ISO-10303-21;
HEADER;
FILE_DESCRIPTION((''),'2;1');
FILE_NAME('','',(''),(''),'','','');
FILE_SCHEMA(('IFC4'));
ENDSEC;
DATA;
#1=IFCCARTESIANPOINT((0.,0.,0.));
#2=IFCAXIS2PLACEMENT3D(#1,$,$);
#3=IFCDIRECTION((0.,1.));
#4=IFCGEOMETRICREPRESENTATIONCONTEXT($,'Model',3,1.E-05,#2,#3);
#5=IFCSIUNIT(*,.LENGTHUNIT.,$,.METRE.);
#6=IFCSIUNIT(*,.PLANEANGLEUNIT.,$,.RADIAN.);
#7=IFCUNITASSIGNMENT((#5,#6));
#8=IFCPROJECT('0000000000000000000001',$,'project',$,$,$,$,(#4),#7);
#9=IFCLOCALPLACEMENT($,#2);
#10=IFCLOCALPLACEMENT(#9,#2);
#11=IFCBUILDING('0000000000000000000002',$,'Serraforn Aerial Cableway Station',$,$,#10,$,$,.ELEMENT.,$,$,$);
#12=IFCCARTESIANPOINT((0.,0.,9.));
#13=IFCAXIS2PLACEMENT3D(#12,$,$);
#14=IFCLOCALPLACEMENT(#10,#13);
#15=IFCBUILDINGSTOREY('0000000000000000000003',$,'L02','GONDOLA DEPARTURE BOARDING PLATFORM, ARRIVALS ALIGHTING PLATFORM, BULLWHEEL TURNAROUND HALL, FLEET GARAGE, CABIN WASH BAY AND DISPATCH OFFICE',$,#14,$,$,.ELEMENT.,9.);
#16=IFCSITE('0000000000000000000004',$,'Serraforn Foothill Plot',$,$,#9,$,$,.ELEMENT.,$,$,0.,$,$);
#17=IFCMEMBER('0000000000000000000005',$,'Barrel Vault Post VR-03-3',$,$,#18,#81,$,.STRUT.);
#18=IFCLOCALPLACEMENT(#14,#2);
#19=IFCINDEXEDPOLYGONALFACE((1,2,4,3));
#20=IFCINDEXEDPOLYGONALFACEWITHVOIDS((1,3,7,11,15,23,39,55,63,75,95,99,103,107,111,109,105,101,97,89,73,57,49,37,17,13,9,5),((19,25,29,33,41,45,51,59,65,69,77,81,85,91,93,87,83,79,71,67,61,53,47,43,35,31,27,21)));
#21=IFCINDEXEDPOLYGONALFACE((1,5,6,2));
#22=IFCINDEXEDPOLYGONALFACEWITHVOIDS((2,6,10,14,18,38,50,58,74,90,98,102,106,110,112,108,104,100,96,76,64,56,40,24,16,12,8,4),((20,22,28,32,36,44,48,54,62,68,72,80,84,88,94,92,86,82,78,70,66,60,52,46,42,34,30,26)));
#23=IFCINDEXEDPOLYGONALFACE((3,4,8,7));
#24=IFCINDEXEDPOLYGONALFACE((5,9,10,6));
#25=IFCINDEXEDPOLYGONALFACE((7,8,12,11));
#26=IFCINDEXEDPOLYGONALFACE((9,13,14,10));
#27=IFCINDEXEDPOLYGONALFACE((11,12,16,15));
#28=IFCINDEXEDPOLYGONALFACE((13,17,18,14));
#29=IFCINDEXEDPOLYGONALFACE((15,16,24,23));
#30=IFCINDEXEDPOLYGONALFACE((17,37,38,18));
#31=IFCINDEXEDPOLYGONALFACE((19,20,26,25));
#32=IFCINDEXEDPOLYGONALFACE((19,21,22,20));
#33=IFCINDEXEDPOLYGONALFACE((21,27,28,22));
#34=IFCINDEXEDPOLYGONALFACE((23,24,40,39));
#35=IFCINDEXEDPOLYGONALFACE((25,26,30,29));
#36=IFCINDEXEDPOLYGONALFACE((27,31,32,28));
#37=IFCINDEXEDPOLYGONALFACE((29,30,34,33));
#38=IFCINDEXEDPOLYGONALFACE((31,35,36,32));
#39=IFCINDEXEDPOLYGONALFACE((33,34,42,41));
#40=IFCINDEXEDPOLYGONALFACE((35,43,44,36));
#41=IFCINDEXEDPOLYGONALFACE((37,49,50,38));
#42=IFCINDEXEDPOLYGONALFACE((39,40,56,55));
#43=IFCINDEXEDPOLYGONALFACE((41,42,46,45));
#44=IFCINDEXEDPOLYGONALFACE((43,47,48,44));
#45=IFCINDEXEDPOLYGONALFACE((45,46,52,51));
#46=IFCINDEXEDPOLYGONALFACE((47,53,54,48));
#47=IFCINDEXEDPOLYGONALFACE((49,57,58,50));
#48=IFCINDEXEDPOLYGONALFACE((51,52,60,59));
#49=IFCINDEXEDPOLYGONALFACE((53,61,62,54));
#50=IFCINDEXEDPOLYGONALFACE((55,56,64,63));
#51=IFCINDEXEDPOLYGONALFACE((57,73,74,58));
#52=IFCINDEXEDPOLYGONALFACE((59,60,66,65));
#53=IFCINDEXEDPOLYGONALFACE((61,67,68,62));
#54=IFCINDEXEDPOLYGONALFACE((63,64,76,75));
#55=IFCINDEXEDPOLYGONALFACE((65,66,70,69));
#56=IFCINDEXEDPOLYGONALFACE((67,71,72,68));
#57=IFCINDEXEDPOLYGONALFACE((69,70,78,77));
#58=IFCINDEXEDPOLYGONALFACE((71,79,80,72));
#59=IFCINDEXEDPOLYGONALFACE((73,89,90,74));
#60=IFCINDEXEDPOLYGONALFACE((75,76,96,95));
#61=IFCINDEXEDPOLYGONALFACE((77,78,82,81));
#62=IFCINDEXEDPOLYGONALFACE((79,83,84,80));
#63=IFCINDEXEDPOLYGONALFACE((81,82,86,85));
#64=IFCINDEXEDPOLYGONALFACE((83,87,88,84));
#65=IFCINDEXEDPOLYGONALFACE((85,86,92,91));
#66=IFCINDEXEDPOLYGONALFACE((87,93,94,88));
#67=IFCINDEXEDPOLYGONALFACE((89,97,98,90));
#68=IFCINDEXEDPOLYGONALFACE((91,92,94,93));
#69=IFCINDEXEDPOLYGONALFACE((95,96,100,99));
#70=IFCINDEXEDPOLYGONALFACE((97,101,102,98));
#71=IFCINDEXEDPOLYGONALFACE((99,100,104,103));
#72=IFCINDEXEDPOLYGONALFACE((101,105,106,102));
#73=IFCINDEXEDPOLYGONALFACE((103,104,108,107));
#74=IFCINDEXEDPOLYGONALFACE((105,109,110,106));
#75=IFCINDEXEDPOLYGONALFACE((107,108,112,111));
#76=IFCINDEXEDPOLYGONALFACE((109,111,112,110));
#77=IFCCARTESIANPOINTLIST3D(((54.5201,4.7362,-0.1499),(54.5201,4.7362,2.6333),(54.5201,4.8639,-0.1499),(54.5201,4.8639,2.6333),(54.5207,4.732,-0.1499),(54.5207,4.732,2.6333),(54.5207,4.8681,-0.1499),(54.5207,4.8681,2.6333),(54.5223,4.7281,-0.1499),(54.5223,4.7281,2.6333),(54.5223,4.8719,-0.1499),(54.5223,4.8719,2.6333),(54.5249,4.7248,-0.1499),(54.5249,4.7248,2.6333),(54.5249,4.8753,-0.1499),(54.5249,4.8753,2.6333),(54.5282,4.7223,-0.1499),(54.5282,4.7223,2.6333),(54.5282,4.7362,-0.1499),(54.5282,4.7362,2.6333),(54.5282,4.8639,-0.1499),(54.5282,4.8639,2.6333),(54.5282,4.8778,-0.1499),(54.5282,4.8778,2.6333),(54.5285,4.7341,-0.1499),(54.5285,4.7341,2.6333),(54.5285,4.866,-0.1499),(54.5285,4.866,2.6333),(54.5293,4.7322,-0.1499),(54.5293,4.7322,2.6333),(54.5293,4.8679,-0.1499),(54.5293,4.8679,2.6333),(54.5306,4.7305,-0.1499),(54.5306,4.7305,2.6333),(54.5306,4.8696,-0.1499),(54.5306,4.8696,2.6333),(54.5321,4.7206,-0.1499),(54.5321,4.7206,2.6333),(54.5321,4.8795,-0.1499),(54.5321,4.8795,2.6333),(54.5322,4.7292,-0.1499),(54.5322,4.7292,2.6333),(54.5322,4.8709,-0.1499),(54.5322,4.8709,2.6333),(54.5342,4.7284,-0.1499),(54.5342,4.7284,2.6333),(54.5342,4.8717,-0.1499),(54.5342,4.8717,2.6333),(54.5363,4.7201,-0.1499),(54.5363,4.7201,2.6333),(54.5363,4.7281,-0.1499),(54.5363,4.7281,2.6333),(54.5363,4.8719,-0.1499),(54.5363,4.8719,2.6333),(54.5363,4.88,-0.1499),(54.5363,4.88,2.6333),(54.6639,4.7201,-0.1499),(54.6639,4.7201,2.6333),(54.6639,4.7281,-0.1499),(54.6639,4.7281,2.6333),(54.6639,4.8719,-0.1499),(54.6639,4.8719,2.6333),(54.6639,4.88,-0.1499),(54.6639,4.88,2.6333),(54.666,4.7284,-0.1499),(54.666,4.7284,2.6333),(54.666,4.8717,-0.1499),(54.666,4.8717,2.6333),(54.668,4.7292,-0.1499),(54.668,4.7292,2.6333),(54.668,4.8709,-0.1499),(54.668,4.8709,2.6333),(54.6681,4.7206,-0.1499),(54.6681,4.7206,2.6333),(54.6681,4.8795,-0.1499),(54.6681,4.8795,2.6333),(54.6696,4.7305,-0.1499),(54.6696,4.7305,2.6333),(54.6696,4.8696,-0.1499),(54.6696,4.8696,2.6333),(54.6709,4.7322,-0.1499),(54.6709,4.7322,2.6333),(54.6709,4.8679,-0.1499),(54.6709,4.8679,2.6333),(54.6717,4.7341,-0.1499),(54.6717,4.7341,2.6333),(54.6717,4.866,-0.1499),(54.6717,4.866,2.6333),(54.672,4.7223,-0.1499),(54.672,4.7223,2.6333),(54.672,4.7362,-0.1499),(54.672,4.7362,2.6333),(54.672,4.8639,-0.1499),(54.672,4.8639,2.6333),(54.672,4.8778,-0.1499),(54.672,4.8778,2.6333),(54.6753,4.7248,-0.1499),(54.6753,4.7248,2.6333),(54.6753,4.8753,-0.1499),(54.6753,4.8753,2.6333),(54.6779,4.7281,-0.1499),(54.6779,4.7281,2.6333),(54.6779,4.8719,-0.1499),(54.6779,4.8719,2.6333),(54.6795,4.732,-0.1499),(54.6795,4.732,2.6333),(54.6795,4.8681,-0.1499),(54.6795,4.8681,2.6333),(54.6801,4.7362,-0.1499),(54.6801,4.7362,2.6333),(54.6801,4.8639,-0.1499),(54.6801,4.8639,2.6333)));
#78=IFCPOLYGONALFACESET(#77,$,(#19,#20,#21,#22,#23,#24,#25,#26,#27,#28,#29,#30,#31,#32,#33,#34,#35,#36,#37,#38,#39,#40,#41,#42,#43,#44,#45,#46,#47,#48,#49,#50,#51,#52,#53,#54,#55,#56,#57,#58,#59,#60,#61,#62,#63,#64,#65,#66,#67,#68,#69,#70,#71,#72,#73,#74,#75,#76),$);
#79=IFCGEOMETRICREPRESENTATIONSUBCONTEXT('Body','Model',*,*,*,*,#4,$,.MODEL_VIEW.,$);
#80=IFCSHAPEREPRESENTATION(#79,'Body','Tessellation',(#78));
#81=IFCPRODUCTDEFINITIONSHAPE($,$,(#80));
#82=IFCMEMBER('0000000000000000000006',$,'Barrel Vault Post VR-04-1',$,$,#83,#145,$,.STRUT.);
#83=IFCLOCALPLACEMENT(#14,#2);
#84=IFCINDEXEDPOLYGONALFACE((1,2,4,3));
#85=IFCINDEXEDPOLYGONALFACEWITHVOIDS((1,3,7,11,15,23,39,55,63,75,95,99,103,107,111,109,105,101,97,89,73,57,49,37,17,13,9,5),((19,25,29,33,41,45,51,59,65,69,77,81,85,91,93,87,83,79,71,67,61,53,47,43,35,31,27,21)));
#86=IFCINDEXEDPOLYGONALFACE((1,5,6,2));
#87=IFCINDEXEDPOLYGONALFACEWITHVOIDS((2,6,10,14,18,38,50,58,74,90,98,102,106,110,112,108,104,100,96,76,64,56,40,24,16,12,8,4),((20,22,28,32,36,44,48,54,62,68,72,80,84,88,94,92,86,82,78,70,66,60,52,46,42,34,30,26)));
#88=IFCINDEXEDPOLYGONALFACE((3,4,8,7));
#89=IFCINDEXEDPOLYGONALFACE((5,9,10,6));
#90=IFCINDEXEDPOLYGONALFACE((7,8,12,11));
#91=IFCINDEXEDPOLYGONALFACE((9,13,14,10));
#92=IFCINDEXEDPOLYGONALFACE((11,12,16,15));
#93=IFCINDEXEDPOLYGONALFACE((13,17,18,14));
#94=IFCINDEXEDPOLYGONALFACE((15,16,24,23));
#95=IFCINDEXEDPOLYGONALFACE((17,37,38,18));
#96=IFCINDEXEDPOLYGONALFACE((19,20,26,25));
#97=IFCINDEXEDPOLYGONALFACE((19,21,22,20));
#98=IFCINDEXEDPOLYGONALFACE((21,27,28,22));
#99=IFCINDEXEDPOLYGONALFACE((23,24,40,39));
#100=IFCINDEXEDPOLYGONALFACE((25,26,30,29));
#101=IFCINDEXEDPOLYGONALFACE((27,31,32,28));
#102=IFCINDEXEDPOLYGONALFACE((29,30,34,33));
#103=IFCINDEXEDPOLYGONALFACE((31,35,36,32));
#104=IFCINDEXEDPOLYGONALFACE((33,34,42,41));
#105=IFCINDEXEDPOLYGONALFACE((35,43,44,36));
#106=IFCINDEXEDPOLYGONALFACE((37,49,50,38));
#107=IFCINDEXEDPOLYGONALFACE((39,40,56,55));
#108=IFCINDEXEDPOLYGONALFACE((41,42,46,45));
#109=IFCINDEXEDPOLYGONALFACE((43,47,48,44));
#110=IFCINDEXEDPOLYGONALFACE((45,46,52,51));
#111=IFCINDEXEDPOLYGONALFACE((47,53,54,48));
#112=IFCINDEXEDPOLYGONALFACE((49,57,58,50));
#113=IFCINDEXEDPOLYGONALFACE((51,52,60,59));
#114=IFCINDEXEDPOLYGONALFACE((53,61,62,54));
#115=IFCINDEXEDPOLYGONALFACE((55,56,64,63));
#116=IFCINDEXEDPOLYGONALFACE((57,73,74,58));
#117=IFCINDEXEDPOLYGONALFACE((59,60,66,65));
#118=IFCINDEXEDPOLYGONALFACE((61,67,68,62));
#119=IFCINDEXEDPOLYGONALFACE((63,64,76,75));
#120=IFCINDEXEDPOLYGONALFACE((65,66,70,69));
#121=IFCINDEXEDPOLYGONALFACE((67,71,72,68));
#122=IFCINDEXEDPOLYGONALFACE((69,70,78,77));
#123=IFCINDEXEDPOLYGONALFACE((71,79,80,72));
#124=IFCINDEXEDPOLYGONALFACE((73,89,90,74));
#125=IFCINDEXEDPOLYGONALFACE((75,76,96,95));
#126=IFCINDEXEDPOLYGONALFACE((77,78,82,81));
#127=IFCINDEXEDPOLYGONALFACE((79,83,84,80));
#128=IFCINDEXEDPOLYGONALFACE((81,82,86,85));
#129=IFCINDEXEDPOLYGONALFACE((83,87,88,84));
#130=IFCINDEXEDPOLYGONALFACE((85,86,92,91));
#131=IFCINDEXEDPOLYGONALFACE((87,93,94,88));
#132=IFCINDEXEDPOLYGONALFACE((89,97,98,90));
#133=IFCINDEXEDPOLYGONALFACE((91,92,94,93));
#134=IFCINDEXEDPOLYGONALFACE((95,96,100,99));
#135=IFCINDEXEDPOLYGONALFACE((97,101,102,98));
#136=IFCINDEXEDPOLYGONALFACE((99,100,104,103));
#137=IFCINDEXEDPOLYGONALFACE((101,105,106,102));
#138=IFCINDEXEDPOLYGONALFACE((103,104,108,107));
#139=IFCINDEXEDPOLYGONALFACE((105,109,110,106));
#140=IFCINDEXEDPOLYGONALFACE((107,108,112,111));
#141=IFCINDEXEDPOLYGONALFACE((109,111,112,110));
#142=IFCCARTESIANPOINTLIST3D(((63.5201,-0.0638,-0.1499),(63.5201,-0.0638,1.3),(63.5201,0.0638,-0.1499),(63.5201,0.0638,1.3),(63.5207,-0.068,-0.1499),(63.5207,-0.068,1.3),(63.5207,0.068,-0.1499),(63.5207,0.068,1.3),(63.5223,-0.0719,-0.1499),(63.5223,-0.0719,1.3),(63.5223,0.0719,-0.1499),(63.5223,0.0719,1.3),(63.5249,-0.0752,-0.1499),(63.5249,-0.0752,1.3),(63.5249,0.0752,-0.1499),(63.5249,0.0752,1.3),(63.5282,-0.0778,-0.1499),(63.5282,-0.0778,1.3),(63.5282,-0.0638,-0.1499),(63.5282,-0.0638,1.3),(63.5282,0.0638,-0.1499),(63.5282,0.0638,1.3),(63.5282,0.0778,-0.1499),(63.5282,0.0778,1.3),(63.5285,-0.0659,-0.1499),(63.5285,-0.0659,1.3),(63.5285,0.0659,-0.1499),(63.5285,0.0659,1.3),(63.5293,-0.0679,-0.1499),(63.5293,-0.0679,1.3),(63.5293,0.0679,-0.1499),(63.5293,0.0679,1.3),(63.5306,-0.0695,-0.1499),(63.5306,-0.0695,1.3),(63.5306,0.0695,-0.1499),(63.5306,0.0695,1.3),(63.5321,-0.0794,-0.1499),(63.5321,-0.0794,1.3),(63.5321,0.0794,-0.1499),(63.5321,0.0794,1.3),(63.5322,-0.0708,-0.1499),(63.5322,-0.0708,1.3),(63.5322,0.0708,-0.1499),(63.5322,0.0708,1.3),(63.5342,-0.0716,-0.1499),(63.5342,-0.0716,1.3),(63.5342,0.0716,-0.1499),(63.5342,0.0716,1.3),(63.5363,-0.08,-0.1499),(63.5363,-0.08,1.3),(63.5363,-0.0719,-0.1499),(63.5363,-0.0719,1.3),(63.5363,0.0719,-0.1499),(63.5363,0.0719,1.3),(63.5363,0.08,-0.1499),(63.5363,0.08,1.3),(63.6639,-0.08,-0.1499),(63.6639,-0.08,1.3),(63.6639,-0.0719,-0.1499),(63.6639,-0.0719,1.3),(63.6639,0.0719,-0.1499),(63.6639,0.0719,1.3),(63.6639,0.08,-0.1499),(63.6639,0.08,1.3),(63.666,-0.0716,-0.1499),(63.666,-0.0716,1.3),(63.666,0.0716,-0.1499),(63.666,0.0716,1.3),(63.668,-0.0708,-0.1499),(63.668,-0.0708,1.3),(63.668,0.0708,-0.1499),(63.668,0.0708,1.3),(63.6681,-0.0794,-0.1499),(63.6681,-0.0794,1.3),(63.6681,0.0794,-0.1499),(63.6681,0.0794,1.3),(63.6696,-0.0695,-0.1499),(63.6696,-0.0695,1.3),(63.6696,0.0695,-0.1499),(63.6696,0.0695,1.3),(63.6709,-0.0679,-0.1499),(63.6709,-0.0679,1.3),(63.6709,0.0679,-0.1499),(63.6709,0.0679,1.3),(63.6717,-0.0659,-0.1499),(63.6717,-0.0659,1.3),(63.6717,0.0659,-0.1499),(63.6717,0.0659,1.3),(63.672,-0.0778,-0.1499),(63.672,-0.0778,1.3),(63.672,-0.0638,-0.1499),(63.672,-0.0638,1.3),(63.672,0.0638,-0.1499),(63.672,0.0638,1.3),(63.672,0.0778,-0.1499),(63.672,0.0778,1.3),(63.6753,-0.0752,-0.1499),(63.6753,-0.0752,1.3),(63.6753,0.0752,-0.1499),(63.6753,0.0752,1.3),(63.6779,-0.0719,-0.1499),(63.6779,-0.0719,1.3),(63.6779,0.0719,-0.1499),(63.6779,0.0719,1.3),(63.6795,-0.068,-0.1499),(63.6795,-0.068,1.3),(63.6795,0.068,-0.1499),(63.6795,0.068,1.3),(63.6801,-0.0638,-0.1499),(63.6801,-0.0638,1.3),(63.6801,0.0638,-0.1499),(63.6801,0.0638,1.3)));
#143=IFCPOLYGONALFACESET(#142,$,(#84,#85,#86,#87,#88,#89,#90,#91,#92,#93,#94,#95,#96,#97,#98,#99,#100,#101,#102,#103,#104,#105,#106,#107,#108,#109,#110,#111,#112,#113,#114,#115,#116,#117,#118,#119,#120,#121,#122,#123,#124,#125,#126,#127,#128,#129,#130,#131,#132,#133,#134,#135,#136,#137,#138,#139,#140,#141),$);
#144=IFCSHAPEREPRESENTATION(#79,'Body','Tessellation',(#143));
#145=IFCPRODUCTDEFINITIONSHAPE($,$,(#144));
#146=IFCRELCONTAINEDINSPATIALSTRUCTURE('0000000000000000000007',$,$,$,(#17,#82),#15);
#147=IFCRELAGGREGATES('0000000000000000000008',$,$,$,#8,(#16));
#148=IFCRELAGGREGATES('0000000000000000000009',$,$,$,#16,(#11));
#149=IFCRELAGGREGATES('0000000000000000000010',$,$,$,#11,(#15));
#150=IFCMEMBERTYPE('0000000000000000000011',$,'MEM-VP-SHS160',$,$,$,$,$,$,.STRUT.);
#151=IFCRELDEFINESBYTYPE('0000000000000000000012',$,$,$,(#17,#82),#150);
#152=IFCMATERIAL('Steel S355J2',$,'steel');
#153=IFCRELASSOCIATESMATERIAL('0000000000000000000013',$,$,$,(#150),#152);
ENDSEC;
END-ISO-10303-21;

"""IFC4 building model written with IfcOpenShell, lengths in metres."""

from ifc_helpers import new_model, si_unit, direction, frame, origin, origin_2d, place, context, subcontext, project, spatial, hollow_rectangle, extrude, material, material_profile, profile_set, type_object, element, save


model = new_model("IFC4")

# Units and contexts
model_context = context("Model", 3, precision=1e-05, world=origin(), true_north=direction((0.0, 1.0)))
body_context = subcontext(model_context, "Body", "Model", "MODEL_VIEW")
ifc_project = project(units=[si_unit("LENGTHUNIT", "METRE"), si_unit("PLANEANGLEUNIT", "RADIAN")], contexts=[model_context])

# Site, building, storey
site_placement = place(None, origin())
site = spatial("IfcSite", under=ifc_project, at=site_placement, Name="Serraforn Foothill Plot", CompositionType="ELEMENT", RefElevation=0.0)
building_placement = place(site_placement, origin())
building = spatial("IfcBuilding", under=site, at=building_placement, Name="Serraforn Aerial Cableway Station", CompositionType="ELEMENT")
storey_placement = place(building_placement, frame((0.0, 0.0, 9.0)))
storey = spatial("IfcBuildingStorey", under=building, at=storey_placement, Name="L02", Description="GONDOLA DEPARTURE BOARDING PLATFORM, ARRIVALS ALIGHTING PLATFORM, BULLWHEEL TURNAROUND HALL, FLEET GARAGE, CABIN WASH BAY AND DISPATCH OFFICE", CompositionType="ELEMENT", Elevation=9.0)

# Members
ifc_material_1 = material(Name="Steel S355J2", Category="steel")
ifc_material_profile_1 = material_profile(ifc_material_1, hollow_rectangle(XDim=0.1599, YDim=0.1599, WallThickness=0.0081, InnerFilletRadius=0.0081, OuterFilletRadius=0.0161, at=origin_2d()), Name="SHS 160x160x8.0")
ifc_profile_set_1 = profile_set([ifc_material_profile_1], Name="Steel S355J2")
member_type_1 = type_object("IfcMemberType", Name="MEM-VP-SHS160", PredefinedType="STRUT", material=ifc_profile_set_1)
member_1_placement = place(storey_placement, frame((54.6001, 4.8, -0.1499), z_axis=(0.0, 0.0, 1.0), x_axis=(1.0, 0.0, 0.0)))
element("IfcMember", 1, at=member_1_placement, inside=storey, type_object=member_type_1, Name="Barrel Vault Post VR-03-3", PredefinedType="STRUT", context=body_context, shape_type="SweptSolid", body=[
    extrude(hollow_rectangle(XDim=0.1599, YDim=0.1599, WallThickness=0.0081, InnerFilletRadius=0.0081, OuterFilletRadius=0.0161, at=origin_2d()), origin(), (0.0, 0.0, 1.0), 2.7832),
])
member_2_placement = place(storey_placement, frame((63.6001, 0.0, -0.1499), z_axis=(0.0, 0.0, 1.0), x_axis=(1.0, 0.0, 0.0)))
element("IfcMember", 2, at=member_2_placement, inside=storey, type_object=member_type_1, Name="Barrel Vault Post VR-04-1", PredefinedType="STRUT", context=body_context, shape_type="SweptSolid", body=[
    extrude(hollow_rectangle(XDim=0.1599, YDim=0.1599, WallThickness=0.0081, InnerFilletRadius=0.0081, OuterFilletRadius=0.0161, at=origin_2d()), origin(), (0.0, 0.0, 1.0), 1.45),
])

save(model, "model.ifc")
